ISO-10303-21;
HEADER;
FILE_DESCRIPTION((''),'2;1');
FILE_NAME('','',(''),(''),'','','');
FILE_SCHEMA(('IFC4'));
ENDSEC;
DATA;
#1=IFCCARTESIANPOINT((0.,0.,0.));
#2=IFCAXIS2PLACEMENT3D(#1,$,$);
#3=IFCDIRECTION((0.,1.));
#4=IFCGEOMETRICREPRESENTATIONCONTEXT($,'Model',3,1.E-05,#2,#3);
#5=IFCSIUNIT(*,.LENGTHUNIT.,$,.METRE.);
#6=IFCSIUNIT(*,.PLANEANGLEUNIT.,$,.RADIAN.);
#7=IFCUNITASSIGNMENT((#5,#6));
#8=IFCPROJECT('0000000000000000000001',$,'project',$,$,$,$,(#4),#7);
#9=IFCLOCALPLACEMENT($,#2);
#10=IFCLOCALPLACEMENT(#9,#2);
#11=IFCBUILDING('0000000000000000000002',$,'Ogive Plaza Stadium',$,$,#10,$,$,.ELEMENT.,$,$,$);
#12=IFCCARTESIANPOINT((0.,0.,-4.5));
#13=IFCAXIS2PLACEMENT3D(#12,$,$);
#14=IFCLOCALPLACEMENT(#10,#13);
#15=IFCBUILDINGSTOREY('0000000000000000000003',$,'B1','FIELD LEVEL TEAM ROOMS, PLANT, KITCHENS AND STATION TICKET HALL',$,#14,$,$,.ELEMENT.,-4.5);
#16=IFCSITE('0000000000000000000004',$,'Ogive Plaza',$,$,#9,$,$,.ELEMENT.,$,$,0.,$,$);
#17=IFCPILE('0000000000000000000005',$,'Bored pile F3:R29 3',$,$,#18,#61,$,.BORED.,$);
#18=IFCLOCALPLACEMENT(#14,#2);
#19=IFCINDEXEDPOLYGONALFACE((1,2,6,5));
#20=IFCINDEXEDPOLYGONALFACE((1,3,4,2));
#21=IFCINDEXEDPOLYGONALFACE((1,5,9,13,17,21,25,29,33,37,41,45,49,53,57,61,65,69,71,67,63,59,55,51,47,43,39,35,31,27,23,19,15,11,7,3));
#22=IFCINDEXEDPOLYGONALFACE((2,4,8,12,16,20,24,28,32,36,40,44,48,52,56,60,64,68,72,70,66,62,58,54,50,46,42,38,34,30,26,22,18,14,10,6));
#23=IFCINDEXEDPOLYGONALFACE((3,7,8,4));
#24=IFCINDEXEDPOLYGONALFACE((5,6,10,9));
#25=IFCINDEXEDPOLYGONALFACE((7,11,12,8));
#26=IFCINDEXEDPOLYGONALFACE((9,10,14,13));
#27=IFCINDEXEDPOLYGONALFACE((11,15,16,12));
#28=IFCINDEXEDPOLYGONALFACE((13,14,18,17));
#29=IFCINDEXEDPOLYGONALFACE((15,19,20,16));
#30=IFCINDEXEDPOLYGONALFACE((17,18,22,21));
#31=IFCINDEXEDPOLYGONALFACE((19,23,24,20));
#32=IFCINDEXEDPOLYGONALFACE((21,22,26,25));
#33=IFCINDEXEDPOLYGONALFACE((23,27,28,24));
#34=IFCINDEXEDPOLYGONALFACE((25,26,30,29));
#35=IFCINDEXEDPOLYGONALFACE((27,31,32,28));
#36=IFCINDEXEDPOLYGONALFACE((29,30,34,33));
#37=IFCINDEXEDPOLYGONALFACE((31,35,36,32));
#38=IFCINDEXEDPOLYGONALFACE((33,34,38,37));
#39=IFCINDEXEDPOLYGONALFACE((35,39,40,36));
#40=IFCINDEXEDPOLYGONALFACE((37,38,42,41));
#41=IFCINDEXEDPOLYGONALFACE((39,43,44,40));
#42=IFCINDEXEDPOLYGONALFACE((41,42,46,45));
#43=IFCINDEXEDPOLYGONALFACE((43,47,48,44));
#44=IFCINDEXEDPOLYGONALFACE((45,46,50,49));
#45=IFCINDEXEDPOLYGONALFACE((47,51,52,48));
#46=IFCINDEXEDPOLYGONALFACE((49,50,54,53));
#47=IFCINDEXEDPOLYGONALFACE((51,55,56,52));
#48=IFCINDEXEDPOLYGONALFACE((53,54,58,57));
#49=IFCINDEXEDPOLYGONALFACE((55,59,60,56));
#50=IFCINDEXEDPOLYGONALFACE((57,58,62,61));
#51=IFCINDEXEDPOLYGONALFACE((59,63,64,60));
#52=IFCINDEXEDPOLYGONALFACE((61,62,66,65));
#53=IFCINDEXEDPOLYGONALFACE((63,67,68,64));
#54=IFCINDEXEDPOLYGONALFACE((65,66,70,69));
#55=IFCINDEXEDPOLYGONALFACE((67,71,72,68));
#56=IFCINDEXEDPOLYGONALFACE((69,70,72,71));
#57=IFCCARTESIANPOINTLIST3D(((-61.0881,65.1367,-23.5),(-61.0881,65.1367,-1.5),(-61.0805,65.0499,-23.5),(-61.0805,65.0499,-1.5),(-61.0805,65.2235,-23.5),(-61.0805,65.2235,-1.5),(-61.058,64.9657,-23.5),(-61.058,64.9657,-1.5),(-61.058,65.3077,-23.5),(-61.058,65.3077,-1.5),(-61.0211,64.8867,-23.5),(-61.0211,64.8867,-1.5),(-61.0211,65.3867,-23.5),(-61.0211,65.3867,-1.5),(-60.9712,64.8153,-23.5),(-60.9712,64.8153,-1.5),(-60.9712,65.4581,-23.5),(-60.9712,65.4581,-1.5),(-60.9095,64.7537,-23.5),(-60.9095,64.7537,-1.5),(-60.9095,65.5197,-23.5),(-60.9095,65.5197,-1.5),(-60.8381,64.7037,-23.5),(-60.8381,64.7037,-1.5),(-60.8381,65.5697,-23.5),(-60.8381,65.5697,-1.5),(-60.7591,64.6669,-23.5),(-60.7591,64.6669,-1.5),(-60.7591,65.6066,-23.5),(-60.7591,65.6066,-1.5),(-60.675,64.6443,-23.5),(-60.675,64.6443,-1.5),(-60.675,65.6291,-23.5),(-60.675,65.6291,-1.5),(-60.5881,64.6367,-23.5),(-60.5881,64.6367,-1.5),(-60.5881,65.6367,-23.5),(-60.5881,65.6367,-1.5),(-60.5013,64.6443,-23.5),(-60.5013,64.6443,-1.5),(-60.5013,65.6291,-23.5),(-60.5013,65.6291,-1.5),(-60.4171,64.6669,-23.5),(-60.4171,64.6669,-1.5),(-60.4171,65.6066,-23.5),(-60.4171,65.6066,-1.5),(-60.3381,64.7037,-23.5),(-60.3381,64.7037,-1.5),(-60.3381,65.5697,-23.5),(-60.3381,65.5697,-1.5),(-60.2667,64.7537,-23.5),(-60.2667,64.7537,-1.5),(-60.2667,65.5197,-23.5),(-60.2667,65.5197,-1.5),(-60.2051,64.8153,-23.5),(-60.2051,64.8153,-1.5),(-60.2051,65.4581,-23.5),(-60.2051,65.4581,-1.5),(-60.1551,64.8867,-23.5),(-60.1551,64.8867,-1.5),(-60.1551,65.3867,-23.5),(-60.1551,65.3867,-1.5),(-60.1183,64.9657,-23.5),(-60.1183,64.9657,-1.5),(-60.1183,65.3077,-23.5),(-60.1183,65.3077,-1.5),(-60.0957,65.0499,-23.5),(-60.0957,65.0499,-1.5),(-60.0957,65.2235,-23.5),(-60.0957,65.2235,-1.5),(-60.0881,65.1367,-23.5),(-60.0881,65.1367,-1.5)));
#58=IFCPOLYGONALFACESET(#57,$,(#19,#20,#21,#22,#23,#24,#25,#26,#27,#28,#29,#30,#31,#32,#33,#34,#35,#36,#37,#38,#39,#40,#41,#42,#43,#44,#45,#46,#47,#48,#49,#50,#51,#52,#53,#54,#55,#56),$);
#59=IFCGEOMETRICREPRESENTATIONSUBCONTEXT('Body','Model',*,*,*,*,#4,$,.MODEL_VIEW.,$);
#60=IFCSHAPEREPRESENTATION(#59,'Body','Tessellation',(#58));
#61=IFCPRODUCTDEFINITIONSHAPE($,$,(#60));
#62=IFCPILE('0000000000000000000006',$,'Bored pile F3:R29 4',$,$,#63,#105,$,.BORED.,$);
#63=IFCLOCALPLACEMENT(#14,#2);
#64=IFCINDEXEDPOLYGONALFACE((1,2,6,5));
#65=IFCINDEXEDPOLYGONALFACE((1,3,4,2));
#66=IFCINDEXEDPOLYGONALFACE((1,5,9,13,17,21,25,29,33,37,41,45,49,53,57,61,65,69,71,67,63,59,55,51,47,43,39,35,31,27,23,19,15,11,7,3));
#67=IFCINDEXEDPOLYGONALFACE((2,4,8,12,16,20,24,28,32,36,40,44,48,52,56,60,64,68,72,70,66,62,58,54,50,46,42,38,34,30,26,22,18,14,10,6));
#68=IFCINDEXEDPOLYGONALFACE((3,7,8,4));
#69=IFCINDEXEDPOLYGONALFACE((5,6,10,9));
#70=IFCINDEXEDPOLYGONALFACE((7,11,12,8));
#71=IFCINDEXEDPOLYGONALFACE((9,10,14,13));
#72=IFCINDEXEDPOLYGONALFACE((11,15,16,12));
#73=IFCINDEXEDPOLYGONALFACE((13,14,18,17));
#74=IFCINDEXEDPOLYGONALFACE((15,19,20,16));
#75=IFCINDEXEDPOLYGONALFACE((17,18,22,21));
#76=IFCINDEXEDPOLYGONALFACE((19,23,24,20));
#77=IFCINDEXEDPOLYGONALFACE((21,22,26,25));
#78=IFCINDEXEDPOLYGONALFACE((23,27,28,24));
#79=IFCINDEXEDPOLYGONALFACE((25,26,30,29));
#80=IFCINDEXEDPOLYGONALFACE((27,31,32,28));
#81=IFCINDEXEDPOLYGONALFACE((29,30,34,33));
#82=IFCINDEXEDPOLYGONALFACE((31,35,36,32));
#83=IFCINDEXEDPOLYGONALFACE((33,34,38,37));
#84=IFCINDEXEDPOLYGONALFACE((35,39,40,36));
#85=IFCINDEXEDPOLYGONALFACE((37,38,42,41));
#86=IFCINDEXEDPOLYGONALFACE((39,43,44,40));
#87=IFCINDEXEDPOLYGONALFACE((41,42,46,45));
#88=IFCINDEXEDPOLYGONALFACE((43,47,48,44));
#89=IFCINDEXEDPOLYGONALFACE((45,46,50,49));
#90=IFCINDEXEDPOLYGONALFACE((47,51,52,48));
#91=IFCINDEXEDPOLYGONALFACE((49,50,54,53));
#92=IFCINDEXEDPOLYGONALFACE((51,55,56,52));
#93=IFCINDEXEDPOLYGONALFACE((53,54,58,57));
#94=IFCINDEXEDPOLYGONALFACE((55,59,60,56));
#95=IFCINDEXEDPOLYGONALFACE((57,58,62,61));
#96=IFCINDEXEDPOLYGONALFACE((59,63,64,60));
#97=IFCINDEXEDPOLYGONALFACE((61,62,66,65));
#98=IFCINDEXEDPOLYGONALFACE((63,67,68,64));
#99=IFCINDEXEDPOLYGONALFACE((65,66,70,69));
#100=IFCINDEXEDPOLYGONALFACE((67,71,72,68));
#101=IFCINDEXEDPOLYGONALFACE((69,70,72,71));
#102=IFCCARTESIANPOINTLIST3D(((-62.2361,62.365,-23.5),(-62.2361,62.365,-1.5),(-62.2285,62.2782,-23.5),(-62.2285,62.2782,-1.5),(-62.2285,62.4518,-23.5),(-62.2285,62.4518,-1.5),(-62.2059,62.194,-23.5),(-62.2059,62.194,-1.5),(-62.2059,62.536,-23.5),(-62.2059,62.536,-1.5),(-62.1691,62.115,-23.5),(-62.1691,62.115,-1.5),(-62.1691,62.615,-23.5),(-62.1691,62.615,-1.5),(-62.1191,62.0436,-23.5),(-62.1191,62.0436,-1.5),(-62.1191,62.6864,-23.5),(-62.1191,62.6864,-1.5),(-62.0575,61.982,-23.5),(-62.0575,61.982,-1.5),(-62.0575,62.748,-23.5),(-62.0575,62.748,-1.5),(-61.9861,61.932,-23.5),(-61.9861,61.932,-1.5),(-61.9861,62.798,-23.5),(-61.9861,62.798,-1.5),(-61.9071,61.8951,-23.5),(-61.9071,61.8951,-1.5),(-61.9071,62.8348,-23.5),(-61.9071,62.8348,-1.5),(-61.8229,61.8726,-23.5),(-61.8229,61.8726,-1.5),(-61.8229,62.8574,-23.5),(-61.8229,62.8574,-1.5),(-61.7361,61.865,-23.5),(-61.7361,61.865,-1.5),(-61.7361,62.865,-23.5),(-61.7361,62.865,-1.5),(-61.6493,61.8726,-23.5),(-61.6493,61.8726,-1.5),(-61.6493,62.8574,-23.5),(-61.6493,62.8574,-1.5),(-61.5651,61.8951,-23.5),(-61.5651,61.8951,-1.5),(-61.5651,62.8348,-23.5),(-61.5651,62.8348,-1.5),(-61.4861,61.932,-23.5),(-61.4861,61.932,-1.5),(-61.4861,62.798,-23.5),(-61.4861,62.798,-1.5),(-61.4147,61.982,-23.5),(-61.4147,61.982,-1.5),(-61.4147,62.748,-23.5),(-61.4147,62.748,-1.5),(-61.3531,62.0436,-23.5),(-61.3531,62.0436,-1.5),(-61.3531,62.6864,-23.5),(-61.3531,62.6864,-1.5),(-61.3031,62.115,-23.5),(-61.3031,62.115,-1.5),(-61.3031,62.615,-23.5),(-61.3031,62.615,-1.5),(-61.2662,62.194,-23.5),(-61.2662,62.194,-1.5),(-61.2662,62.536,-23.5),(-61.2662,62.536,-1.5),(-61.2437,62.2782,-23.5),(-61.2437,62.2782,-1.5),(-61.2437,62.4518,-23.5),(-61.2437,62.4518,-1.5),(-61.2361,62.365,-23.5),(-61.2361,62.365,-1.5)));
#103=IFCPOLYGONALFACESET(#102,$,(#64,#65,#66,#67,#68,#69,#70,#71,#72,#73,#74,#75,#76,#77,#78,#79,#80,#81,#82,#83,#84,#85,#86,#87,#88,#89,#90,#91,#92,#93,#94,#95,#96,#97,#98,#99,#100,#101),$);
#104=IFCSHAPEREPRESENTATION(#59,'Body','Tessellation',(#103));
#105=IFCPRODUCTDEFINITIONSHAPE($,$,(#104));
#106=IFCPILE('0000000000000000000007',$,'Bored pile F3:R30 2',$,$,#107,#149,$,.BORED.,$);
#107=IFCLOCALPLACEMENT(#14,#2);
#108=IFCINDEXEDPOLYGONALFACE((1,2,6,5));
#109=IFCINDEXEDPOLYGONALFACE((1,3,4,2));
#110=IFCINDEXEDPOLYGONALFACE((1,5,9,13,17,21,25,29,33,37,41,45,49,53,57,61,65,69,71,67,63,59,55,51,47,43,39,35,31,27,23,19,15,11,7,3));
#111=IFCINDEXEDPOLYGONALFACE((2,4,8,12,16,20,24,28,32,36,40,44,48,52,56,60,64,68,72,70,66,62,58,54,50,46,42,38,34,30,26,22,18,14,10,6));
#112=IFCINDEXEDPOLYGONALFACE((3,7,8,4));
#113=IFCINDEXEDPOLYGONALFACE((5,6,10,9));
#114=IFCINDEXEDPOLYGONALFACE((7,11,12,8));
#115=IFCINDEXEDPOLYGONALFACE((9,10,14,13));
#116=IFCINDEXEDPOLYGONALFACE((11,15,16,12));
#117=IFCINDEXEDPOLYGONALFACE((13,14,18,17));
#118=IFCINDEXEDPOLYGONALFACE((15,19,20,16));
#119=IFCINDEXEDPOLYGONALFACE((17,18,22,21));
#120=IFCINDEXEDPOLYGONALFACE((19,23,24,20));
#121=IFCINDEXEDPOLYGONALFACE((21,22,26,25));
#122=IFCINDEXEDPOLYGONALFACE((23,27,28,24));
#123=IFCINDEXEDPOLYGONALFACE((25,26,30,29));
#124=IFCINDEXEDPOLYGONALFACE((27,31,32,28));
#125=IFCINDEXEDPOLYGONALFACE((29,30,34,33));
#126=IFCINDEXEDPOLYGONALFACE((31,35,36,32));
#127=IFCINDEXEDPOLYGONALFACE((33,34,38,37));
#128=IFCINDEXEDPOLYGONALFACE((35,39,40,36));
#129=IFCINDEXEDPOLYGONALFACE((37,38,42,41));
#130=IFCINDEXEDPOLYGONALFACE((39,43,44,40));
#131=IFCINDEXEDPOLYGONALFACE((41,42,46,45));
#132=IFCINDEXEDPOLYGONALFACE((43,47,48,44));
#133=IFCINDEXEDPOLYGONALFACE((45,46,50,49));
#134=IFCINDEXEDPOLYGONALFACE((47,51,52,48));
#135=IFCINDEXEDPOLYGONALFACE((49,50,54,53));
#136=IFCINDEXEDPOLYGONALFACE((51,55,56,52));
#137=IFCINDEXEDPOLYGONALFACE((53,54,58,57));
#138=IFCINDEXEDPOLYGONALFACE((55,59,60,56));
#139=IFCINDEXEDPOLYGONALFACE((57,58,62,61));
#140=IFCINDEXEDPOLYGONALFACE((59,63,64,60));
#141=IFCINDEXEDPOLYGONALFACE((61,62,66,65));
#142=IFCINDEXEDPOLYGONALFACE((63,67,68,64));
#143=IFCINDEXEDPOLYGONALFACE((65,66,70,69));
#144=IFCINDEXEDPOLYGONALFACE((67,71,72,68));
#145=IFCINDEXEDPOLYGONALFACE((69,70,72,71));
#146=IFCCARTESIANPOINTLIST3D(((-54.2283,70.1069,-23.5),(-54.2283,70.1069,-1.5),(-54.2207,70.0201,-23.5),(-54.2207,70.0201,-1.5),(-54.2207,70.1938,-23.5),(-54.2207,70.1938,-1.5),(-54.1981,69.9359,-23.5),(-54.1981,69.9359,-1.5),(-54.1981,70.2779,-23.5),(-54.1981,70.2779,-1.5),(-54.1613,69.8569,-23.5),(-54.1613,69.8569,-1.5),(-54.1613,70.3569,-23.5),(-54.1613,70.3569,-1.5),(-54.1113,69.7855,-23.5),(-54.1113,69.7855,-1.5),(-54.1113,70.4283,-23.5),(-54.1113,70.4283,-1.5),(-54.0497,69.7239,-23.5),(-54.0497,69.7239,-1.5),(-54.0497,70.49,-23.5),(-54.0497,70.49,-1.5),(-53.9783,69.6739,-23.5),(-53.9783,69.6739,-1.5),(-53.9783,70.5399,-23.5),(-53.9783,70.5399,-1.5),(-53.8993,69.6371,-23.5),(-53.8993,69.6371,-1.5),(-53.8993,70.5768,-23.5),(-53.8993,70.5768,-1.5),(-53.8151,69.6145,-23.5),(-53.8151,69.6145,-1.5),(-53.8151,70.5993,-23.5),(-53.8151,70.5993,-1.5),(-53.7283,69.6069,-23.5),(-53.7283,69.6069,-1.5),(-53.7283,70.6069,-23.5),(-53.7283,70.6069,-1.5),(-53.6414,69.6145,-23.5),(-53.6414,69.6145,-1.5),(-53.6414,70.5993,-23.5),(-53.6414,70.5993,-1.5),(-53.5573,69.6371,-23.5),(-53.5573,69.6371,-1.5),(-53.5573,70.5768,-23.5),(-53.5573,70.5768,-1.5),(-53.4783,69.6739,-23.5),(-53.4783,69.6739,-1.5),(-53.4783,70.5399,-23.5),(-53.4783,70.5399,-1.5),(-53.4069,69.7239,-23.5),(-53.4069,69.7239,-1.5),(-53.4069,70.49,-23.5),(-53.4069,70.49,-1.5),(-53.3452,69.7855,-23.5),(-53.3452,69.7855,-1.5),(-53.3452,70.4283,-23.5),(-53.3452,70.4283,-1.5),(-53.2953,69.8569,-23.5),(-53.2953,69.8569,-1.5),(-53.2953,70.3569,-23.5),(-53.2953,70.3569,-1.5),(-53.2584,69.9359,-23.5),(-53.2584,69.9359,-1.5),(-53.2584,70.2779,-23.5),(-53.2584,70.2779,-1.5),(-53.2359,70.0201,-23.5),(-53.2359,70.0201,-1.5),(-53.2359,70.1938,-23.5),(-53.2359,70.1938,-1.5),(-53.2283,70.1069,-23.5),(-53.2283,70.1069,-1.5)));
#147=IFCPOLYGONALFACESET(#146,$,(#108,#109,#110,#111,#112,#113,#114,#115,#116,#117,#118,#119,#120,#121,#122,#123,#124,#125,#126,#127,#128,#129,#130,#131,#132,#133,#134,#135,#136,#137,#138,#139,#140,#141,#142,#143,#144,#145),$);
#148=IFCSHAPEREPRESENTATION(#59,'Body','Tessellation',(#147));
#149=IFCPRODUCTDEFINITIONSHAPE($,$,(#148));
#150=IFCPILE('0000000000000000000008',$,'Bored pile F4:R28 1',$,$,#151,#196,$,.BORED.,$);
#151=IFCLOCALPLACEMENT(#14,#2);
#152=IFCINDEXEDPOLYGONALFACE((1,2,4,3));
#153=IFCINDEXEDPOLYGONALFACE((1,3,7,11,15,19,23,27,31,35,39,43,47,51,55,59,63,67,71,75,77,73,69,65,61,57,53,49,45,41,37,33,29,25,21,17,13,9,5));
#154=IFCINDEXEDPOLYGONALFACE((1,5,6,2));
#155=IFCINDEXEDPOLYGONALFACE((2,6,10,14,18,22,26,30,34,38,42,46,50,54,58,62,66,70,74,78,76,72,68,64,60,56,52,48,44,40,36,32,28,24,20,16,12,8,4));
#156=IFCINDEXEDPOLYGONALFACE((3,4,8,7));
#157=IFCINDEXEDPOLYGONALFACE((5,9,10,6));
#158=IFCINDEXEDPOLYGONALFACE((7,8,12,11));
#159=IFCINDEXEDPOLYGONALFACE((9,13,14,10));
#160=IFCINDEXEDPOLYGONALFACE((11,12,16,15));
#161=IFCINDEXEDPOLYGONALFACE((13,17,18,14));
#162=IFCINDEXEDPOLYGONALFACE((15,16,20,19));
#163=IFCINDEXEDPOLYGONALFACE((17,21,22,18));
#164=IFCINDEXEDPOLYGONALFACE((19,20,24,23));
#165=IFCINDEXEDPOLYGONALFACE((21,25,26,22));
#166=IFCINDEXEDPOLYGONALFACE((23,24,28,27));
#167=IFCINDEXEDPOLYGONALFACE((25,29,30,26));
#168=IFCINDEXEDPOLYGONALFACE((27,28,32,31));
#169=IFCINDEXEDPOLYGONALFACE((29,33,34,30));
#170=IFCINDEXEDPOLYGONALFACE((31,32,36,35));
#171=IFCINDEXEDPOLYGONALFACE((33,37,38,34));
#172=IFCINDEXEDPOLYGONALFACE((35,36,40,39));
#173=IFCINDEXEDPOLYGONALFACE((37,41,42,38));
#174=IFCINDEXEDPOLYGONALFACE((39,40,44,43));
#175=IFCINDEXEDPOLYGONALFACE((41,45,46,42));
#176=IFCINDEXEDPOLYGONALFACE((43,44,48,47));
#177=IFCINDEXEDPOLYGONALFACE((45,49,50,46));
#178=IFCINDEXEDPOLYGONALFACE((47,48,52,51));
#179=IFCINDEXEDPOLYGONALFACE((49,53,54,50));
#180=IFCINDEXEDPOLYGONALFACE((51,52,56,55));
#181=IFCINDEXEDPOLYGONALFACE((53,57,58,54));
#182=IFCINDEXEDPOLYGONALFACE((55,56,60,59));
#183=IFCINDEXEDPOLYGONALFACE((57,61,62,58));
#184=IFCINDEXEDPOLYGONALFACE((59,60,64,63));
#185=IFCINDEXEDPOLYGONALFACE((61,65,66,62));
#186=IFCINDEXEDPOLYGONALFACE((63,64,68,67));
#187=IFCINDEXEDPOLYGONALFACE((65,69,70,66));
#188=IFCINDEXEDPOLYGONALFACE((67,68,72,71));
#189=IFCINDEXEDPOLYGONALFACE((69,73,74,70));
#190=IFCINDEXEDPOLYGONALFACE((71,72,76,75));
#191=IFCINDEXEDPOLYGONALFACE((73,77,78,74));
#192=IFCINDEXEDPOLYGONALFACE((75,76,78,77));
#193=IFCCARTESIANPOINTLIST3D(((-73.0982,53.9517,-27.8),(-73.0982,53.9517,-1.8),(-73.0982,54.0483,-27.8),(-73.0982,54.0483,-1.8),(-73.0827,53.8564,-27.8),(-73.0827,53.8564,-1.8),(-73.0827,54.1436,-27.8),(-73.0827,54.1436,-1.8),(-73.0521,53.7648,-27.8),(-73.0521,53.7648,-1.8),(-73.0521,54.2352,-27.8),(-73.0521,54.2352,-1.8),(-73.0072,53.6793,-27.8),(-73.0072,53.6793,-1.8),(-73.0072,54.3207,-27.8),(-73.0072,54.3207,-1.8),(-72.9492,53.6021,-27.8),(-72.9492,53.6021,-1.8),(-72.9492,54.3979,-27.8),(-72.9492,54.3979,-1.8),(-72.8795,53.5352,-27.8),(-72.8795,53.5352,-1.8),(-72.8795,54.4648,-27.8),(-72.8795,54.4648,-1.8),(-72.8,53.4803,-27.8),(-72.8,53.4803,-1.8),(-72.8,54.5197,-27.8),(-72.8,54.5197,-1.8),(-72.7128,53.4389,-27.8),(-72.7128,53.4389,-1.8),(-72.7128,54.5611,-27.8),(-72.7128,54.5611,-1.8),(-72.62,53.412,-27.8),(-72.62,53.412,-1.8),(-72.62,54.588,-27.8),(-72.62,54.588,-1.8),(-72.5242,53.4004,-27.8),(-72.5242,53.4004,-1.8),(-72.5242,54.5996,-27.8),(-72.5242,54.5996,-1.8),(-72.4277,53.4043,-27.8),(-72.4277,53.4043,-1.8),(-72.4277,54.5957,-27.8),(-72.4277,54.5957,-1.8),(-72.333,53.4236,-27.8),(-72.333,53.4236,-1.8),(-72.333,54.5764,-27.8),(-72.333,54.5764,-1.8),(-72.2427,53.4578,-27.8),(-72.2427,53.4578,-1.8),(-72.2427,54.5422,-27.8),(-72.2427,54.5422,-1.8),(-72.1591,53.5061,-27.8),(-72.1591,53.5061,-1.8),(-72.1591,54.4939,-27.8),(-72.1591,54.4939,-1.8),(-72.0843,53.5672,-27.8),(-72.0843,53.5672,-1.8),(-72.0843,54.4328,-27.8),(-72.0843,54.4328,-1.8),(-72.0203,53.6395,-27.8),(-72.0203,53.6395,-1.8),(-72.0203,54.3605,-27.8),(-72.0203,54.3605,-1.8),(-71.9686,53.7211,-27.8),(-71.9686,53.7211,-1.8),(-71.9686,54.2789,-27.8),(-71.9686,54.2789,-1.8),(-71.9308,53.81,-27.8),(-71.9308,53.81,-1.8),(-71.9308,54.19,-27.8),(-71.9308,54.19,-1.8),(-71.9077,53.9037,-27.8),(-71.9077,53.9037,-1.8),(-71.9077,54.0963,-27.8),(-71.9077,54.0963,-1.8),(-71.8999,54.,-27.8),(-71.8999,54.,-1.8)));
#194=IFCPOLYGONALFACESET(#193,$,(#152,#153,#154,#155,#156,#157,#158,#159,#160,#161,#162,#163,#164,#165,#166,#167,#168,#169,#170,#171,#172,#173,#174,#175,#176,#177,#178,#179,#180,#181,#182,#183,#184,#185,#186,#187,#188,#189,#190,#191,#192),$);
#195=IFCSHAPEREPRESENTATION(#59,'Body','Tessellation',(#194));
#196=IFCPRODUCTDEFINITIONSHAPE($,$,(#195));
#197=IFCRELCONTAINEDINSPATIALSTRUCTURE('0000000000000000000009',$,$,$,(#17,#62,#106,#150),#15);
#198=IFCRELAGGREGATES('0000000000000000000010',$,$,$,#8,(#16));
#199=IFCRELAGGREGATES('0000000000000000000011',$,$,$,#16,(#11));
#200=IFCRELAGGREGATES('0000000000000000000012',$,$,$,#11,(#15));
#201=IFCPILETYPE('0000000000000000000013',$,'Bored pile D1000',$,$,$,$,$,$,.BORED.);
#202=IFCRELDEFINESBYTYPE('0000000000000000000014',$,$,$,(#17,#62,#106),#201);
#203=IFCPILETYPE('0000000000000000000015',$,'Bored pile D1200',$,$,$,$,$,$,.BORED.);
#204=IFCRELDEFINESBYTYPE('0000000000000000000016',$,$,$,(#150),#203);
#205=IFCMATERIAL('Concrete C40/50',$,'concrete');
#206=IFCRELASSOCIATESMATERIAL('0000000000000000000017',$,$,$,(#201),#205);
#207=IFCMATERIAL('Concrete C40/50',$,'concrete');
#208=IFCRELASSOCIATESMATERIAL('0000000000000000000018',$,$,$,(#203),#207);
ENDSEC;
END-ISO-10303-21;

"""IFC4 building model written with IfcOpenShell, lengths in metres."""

from ifc_helpers import new_model, si_unit, direction, frame, origin, origin_2d, place, context, subcontext, project, spatial, circle, extrude, material, material_profile, profile_set, type_object, element, save


model = new_model("IFC4")

# Units and contexts
model_context = context("Model", 3, precision=1e-05, world=origin(), true_north=direction((0.0, 1.0)))
body_context = subcontext(model_context, "Body", "Model", "MODEL_VIEW")
ifc_project = project(units=[si_unit("LENGTHUNIT", "METRE"), si_unit("PLANEANGLEUNIT", "RADIAN")], contexts=[model_context])

# Site, building, storey
site_placement = place(None, origin())
site = spatial("IfcSite", under=ifc_project, at=site_placement, Name="Ogive Plaza", CompositionType="ELEMENT", RefElevation=0.0)
building_placement = place(site_placement, origin())
building = spatial("IfcBuilding", under=site, at=building_placement, Name="Ogive Plaza Stadium", CompositionType="ELEMENT")
storey_placement = place(building_placement, frame((0.0, 0.0, -4.5)))
storey = spatial("IfcBuildingStorey", under=building, at=storey_placement, Name="B1", Description="FIELD LEVEL TEAM ROOMS, PLANT, KITCHENS AND STATION TICKET HALL", CompositionType="ELEMENT", Elevation=-4.5)

# Piles
ifc_material_1 = material(Name="Concrete C40/50", Category="concrete")
ifc_material_profile_1 = material_profile(ifc_material_1, circle(Radius=0.5, at=origin_2d()), Name="RC D1000")
ifc_profile_set_1 = profile_set([ifc_material_profile_1], Name="Concrete C40/50")
pile_type_1 = type_object("IfcPileType", Name="Bored pile D1000", PredefinedType="BORED", material=ifc_profile_set_1)
for number, where, z_axis, x_axis, name in (
    (1, (-60.5881, 65.1367, -1.5), (0.0, 0.0, -1.0), (1.0, 0.0, 0.0), "Bored pile F3:R29 3"),
    (2, (-61.7361, 62.365, -1.5), (0.0, 0.0, -1.0), (1.0, 0.0, 0.0), "Bored pile F3:R29 4"),
    (3, (-53.7283, 70.1069, -1.5), (0.0, 0.0, -1.0), (1.0, 0.0, 0.0), "Bored pile F3:R30 2"),
):
    element("IfcPile", number, at=place(storey_placement, frame(where, z_axis=z_axis, x_axis=x_axis)), inside=storey, type_object=pile_type_1, Name=name, PredefinedType="BORED", context=body_context, shape_type="SweptSolid", body=[
        extrude(circle(Radius=0.5, at=origin_2d()), origin(), (0.0, 0.0, 1.0), 22.0),
    ])
ifc_material_2 = material(Name="Concrete C40/50", Category="concrete")
ifc_material_profile_2 = material_profile(ifc_material_2, circle(Radius=0.6001, at=origin_2d()), Name="RC D1200")
ifc_profile_set_2 = profile_set([ifc_material_profile_2], Name="Concrete C40/50")
pile_type_2 = type_object("IfcPileType", Name="Bored pile D1200", PredefinedType="BORED", material=ifc_profile_set_2)
for number, where, z_axis, x_axis, name in (
    (4, (-72.5, 54.0, -1.8), (0.0, 0.0, -1.0), (1.0, 0.0, 0.0), "Bored pile F4:R28 1"),
):
    element("IfcPile", number, at=place(storey_placement, frame(where, z_axis=z_axis, x_axis=x_axis)), inside=storey, type_object=pile_type_2, Name=name, PredefinedType="BORED", context=body_context, shape_type="SweptSolid", body=[
        extrude(circle(Radius=0.6001, at=origin_2d()), origin(), (0.0, 0.0, 1.0), 26.0),
    ])

save(model, "model.ifc")
